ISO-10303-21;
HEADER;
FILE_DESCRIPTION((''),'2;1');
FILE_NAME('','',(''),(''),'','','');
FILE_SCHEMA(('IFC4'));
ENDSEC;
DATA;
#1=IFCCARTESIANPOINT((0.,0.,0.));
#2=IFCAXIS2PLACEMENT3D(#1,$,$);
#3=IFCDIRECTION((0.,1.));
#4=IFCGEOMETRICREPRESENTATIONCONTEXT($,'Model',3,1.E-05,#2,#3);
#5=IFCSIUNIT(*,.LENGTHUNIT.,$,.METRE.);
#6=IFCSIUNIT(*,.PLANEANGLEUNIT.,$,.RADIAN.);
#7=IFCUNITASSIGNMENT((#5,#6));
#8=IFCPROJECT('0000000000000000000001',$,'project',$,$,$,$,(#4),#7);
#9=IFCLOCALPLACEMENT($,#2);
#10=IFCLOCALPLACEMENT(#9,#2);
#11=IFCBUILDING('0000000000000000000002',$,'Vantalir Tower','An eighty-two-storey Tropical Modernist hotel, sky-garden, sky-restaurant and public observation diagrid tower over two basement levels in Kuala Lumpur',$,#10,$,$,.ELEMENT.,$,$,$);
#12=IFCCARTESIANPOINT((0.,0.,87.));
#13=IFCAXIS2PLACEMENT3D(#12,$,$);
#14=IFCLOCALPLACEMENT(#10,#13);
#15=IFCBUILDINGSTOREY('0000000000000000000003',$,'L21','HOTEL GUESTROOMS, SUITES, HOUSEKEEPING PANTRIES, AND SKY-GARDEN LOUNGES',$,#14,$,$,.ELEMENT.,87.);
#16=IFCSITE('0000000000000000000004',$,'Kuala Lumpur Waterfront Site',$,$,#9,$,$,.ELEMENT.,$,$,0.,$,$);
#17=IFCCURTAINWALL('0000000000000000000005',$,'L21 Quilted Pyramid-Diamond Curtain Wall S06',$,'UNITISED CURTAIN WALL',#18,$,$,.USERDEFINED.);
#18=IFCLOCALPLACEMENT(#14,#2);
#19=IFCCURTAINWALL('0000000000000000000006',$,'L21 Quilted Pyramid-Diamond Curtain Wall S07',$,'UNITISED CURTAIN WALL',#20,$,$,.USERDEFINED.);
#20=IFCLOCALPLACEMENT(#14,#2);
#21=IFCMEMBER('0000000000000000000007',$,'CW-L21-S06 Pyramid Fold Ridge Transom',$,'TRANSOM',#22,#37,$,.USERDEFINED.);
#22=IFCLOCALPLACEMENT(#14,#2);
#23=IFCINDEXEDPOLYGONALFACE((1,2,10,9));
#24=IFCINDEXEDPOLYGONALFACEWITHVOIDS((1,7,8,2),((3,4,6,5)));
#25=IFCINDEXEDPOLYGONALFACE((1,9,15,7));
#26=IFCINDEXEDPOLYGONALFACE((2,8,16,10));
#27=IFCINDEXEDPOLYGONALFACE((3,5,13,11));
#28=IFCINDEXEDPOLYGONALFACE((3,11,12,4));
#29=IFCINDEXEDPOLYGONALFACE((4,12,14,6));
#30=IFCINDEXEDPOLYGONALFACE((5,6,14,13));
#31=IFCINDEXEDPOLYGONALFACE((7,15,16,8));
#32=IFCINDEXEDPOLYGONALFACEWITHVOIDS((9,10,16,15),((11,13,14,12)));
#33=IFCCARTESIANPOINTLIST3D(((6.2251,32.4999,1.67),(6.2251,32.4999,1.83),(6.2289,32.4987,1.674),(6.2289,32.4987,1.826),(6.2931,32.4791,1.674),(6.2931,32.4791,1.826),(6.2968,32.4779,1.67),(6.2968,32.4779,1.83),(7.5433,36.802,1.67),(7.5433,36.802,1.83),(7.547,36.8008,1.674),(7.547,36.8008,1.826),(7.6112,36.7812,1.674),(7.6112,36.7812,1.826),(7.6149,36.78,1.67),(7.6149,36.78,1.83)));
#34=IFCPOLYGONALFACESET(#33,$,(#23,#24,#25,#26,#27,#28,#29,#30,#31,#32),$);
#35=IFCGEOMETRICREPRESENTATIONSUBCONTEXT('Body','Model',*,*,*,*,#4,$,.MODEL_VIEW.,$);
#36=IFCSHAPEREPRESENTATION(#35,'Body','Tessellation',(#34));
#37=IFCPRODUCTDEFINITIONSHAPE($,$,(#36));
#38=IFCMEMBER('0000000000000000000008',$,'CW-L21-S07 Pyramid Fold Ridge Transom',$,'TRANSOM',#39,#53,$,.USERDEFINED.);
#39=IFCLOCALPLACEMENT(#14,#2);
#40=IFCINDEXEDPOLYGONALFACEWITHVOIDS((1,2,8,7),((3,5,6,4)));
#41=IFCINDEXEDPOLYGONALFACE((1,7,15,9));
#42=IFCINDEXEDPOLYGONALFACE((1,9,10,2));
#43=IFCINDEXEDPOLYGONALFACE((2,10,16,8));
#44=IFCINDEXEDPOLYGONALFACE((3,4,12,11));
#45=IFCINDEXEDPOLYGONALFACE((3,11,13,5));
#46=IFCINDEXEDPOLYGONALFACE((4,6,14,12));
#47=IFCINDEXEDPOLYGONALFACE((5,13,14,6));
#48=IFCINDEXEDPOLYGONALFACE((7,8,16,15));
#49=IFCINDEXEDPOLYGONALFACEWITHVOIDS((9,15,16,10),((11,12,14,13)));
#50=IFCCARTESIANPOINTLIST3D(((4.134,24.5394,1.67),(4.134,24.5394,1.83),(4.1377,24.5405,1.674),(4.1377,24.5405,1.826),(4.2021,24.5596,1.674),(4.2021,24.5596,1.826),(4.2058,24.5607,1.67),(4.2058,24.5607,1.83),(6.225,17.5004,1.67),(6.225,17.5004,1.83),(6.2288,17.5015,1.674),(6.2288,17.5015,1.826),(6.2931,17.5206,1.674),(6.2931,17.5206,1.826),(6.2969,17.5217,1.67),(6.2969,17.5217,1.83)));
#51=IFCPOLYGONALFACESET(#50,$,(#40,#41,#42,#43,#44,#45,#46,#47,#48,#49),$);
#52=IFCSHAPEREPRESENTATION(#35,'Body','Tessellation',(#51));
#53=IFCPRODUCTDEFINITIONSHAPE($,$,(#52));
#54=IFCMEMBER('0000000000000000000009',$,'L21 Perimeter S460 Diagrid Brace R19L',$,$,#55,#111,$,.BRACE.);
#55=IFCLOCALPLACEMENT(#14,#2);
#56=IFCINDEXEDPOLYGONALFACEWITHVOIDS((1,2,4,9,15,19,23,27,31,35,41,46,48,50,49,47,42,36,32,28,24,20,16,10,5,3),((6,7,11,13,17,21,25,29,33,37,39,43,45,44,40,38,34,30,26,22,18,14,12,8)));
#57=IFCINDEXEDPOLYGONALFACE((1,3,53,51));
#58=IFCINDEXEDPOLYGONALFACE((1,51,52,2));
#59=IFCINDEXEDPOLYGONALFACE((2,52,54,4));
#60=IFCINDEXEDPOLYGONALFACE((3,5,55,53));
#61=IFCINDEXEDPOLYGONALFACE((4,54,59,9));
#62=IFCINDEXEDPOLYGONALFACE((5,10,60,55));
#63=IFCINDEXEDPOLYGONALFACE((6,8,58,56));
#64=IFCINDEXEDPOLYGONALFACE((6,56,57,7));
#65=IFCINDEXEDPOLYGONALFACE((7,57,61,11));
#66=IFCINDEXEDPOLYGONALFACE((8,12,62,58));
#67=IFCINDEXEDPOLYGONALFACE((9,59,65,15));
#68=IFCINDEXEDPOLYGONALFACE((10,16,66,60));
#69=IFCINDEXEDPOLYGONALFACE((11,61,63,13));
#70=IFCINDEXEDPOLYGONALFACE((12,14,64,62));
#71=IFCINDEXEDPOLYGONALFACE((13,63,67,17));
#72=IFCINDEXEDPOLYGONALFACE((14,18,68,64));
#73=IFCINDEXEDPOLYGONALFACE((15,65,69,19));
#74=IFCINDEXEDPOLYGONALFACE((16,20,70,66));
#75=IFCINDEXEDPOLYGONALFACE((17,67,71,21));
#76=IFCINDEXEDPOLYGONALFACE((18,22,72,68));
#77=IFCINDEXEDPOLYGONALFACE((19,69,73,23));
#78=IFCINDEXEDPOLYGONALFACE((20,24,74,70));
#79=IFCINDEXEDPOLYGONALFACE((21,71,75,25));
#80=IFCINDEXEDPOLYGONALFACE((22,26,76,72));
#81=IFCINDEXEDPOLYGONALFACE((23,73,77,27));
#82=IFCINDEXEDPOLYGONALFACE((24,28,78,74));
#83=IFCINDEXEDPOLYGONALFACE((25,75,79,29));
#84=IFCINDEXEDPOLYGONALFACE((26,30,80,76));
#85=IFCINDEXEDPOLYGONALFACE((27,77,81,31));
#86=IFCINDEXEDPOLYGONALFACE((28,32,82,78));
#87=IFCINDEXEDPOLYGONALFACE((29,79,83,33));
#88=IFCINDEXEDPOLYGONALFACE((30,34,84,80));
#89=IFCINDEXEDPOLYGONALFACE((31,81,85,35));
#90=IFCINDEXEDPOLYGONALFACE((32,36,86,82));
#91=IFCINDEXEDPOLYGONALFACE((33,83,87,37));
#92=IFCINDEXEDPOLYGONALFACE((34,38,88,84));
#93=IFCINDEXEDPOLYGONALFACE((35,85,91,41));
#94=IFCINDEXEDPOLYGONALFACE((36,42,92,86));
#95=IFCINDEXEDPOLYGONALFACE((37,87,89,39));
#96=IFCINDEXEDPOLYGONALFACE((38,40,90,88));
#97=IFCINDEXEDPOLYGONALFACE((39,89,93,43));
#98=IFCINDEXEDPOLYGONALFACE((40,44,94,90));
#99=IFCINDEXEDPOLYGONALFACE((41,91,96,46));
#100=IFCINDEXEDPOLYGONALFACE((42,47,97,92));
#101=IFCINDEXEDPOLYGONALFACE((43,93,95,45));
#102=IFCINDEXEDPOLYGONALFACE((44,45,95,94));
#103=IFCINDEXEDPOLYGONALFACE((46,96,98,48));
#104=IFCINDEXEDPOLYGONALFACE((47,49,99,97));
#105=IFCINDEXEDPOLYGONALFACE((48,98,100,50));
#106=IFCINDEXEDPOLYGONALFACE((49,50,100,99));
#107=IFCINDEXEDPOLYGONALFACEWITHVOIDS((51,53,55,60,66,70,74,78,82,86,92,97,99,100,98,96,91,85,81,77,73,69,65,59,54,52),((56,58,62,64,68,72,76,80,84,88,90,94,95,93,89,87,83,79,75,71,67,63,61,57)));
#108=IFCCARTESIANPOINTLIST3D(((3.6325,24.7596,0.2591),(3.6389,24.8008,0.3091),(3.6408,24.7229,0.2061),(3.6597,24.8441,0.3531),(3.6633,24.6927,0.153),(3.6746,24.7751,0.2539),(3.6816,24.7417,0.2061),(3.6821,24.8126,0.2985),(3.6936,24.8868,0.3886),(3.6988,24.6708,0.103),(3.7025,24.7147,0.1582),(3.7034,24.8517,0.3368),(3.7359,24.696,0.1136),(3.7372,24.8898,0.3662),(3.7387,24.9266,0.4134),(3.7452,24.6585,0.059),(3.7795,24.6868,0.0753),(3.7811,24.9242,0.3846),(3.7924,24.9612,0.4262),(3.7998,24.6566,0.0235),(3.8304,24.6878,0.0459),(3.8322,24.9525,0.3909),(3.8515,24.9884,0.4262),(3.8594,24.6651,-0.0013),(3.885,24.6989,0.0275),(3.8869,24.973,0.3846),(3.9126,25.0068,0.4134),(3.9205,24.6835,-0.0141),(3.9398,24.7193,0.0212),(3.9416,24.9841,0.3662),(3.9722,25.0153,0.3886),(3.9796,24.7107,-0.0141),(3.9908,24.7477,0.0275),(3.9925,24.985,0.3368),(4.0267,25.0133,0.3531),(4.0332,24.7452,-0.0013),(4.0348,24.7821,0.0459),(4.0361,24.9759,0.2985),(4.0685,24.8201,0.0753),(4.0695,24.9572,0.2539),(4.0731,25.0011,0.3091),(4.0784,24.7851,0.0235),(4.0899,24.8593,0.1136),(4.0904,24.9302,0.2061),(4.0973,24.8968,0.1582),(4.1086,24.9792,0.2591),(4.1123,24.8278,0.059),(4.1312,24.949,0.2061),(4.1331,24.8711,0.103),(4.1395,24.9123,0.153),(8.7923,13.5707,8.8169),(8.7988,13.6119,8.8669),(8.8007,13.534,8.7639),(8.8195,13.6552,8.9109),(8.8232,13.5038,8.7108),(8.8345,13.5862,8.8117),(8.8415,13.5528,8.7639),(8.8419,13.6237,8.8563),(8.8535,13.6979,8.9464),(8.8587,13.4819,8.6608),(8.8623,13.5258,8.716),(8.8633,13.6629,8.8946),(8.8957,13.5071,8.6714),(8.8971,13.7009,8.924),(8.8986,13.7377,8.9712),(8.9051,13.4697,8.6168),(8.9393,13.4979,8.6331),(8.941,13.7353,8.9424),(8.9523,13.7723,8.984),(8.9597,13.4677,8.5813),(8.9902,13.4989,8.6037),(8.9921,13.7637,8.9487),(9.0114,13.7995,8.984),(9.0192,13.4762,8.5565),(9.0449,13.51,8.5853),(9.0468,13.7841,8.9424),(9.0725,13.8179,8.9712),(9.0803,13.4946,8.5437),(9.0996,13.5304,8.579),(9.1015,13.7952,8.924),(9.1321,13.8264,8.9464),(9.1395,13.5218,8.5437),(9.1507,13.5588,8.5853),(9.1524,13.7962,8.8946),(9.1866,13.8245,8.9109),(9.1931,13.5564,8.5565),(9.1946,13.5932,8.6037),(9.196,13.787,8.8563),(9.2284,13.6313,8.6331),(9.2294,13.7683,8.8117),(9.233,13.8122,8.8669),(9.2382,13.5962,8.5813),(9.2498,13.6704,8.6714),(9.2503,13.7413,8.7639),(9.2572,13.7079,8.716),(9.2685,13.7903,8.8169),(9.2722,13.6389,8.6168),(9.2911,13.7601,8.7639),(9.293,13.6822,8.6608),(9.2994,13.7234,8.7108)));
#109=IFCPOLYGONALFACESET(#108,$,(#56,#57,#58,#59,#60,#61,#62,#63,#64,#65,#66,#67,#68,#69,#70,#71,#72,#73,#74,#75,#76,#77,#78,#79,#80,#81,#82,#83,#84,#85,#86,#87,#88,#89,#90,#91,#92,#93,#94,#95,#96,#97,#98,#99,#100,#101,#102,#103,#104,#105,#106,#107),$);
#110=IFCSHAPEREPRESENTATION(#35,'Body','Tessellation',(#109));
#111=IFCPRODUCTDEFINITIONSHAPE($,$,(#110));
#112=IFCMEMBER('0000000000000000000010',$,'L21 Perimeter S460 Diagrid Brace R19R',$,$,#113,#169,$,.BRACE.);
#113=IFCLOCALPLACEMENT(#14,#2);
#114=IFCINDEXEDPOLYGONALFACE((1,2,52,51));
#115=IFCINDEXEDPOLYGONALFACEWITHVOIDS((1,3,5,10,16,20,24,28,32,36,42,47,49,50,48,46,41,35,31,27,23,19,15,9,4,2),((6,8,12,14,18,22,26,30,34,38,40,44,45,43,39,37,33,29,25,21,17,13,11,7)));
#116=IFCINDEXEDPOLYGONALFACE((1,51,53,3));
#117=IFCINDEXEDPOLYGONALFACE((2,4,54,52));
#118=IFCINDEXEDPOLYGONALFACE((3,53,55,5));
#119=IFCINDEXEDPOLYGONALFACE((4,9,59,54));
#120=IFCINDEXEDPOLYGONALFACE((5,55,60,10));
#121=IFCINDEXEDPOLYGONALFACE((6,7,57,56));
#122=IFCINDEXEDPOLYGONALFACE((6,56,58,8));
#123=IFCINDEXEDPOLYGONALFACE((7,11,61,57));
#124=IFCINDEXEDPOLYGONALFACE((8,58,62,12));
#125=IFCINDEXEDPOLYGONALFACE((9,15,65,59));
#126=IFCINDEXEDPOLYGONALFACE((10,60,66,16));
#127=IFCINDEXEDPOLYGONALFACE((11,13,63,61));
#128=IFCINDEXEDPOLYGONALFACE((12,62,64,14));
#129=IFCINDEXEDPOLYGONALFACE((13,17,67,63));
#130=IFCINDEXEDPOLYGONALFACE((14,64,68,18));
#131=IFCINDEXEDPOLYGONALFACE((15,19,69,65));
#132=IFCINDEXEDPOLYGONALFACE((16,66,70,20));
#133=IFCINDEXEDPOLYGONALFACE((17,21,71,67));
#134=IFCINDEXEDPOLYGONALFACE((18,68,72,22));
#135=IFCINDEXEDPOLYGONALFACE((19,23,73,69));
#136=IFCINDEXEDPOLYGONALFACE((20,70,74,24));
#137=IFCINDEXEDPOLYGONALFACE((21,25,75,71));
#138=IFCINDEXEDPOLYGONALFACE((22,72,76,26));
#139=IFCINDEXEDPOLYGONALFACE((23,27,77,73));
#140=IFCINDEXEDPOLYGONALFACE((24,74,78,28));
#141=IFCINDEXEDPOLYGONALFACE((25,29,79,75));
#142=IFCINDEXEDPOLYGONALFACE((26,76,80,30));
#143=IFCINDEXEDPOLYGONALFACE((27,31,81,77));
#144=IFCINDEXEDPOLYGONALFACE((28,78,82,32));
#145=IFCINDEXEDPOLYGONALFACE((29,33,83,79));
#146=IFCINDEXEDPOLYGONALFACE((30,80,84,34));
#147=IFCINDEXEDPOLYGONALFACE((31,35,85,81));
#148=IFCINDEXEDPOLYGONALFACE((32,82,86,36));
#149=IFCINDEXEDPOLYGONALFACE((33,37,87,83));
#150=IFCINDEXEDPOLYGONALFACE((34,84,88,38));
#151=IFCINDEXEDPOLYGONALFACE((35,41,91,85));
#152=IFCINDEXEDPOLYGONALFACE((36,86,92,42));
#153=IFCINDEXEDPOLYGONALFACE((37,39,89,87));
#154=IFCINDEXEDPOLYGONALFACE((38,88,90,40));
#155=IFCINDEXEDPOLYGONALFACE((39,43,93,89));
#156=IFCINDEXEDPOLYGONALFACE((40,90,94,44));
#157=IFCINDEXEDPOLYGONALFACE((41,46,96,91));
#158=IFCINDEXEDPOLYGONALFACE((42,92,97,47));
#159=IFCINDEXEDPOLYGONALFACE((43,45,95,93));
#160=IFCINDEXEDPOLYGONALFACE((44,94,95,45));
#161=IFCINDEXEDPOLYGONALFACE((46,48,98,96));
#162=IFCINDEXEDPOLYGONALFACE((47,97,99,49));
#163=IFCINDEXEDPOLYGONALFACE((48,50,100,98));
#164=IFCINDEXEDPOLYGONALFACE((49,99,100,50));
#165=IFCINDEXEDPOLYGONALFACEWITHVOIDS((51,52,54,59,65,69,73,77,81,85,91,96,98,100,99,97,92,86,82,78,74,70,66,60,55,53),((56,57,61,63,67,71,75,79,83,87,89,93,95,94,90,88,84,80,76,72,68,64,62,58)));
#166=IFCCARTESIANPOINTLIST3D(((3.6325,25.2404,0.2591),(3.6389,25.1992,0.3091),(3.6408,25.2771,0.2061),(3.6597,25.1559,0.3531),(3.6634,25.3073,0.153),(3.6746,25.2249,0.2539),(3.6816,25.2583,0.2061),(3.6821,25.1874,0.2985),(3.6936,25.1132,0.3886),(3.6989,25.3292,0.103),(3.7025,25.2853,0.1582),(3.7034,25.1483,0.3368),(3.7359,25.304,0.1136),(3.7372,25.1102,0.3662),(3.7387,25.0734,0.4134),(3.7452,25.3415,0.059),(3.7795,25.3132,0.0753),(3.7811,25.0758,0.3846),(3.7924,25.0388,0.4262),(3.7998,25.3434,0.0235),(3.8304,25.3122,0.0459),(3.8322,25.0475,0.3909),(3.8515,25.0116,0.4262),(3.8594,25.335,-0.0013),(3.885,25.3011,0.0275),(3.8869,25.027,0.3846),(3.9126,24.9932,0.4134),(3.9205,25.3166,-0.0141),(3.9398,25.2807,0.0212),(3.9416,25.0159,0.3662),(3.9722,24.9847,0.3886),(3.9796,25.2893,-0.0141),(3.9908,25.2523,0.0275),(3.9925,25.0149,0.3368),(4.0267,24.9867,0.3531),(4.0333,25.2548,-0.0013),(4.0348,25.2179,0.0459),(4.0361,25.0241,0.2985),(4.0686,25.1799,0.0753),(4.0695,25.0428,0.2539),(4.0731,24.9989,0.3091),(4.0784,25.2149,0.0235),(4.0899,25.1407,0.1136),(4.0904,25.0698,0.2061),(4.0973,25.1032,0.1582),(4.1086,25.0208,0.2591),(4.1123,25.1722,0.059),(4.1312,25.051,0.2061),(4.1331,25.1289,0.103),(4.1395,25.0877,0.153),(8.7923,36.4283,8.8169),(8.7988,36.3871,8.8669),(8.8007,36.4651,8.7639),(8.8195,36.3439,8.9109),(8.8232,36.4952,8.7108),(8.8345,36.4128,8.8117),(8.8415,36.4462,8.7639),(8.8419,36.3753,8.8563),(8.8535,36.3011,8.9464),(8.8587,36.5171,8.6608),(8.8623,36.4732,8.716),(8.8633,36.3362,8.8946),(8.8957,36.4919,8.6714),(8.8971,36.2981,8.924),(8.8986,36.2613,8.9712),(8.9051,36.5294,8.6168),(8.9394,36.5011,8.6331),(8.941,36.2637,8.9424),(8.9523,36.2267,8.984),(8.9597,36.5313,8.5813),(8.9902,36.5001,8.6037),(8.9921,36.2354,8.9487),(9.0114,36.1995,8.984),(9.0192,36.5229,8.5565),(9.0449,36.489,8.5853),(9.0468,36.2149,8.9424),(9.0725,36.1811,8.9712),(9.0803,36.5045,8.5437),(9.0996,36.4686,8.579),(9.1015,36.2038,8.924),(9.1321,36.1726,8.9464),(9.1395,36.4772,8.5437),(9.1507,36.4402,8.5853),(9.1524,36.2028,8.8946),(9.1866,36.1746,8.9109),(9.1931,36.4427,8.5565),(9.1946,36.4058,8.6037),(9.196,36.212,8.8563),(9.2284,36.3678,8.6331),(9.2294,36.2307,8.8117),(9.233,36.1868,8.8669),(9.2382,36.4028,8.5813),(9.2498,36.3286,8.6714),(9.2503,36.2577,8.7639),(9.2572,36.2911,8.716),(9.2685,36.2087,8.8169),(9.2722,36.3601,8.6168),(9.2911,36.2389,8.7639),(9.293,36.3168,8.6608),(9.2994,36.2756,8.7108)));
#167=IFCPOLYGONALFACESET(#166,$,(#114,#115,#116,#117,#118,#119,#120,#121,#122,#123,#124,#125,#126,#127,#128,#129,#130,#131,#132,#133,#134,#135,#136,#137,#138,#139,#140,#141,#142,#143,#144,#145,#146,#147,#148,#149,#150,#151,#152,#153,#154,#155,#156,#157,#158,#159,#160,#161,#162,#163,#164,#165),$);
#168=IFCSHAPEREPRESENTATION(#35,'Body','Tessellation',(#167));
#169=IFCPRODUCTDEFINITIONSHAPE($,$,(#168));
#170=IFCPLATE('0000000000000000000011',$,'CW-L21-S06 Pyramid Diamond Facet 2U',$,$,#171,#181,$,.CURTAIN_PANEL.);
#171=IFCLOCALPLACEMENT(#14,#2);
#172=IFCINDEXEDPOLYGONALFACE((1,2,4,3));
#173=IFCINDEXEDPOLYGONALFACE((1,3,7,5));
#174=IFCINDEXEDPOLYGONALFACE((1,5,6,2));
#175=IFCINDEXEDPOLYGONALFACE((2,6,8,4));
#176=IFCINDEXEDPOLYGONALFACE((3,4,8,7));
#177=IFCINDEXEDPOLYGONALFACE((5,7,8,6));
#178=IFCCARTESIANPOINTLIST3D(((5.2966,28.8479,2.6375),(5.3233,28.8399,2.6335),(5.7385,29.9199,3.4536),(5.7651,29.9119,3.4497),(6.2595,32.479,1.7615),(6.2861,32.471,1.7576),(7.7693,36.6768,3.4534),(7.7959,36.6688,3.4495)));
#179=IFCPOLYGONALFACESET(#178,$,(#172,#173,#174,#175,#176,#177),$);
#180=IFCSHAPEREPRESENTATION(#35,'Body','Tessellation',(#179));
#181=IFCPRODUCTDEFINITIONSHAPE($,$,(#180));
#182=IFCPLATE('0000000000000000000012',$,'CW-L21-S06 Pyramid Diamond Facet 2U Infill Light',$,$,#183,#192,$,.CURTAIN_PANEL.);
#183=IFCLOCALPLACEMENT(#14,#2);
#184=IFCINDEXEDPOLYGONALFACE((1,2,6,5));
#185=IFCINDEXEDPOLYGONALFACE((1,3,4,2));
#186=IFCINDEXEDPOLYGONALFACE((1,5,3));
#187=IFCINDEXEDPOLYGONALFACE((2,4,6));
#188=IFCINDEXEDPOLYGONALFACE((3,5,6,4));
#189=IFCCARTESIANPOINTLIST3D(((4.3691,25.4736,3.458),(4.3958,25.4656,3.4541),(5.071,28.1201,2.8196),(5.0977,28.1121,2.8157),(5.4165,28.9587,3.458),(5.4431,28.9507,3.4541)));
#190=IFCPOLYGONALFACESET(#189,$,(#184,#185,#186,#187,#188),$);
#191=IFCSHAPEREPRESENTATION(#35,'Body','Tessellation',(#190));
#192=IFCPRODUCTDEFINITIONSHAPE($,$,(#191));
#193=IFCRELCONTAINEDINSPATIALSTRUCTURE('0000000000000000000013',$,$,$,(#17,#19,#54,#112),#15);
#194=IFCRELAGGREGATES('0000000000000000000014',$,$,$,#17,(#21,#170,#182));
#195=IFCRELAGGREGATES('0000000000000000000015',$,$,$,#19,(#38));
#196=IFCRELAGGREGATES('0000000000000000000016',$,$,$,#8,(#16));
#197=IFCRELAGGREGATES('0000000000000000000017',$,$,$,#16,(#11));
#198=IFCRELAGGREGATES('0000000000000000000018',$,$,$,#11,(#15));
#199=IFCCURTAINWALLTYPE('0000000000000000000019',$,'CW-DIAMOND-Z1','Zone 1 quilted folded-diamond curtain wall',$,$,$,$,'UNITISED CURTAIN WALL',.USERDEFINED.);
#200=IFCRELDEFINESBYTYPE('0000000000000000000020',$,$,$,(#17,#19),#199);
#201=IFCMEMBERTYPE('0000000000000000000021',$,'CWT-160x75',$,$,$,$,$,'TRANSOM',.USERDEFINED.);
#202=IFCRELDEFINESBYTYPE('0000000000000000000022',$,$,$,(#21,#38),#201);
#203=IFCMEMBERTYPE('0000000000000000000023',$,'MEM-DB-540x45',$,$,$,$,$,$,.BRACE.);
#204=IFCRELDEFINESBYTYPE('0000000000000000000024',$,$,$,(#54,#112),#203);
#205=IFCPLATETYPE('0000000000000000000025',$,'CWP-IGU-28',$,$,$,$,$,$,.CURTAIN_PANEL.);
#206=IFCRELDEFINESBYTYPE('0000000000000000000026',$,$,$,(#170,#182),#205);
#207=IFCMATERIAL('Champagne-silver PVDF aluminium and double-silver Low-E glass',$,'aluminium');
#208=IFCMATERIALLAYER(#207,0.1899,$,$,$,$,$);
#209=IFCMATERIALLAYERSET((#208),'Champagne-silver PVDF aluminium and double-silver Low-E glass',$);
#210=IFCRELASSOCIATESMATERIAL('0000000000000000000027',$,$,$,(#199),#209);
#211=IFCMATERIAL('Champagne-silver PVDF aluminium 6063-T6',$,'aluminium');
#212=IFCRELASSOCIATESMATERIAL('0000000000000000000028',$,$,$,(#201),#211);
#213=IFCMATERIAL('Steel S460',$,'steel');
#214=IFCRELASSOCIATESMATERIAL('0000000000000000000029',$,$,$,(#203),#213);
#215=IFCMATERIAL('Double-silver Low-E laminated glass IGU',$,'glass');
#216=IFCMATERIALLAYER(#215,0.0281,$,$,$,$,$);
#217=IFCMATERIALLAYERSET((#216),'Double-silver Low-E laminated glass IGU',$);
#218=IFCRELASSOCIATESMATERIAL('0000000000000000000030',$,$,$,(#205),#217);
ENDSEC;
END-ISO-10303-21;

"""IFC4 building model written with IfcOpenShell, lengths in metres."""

from ifc_helpers import new_model, si_unit, direction, frame, origin, origin_2d, place, context, subcontext, project, spatial, polyline, hollow_rectangle, hollow_circle, outline, extrude, material, layer, layer_set, material_profile, profile_set, type_object, element, aggregate, save


model = new_model("IFC4")

# Units and contexts
model_context = context("Model", 3, precision=1e-05, world=origin(), true_north=direction((0.0, 1.0)))
body_context = subcontext(model_context, "Body", "Model", "MODEL_VIEW")
ifc_project = project(units=[si_unit("LENGTHUNIT", "METRE"), si_unit("PLANEANGLEUNIT", "RADIAN")], contexts=[model_context])

# Site, building, storey
site_placement = place(None, origin())
site = spatial("IfcSite", under=ifc_project, at=site_placement, Name="Kuala Lumpur Waterfront Site", CompositionType="ELEMENT", RefElevation=0.0)
building_placement = place(site_placement, origin())
building = spatial("IfcBuilding", under=site, at=building_placement, Name="Vantalir Tower", Description="An eighty-two-storey Tropical Modernist hotel, sky-garden, sky-restaurant and public observation diagrid tower over two basement levels in Kuala Lumpur", CompositionType="ELEMENT")
storey_placement = place(building_placement, frame((0.0, 0.0, 87.0)))
storey = spatial("IfcBuildingStorey", under=building, at=storey_placement, Name="L21", Description="HOTEL GUESTROOMS, SUITES, HOUSEKEEPING PANTRIES, AND SKY-GARDEN LOUNGES", CompositionType="ELEMENT", Elevation=87.0)

# Shared definitions
ifc_material_1 = material(Name="Steel S460", Category="steel")

# Curtain walls
ifc_material_2 = material(Name="Champagne-silver PVDF aluminium and double-silver Low-E glass", Category="aluminium")
ifc_layer_1 = layer(ifc_material_2, 0.1899)
ifc_layer_set_1 = layer_set([ifc_layer_1], Name="Champagne-silver PVDF aluminium and double-silver Low-E glass")
curtain_wall_type = type_object("IfcCurtainWallType", Name="CW-DIAMOND-Z1", Description="Zone 1 quilted folded-diamond curtain wall", ElementType="UNITISED CURTAIN WALL", PredefinedType="USERDEFINED", material=ifc_layer_set_1)
curtain_wall_1_placement = place(storey_placement, origin())
curtain_wall_1 = element("IfcCurtainWall", 1, at=curtain_wall_1_placement, inside=storey, type_object=curtain_wall_type, Name="L21 Quilted Pyramid-Diamond Curtain Wall S06", ObjectType="UNITISED CURTAIN WALL", PredefinedType="USERDEFINED")
ifc_material_3 = material(Name="Champagne-silver PVDF aluminium 6063-T6", Category="aluminium")
curtain_wall_2_placement = place(storey_placement, origin())
curtain_wall_2 = element("IfcCurtainWall", 2, at=curtain_wall_2_placement, inside=storey, type_object=curtain_wall_type, Name="L21 Quilted Pyramid-Diamond Curtain Wall S07", ObjectType="UNITISED CURTAIN WALL", PredefinedType="USERDEFINED")

# Members
ifc_material_profile_1 = material_profile(ifc_material_3, hollow_rectangle(XDim=0.075, YDim=0.1599, WallThickness=0.0039, at=origin_2d()), Name="Champagne-silver PVDF aluminium 6063-T6")
ifc_profile_set_1 = profile_set([ifc_material_profile_1], Name="Champagne-silver PVDF aluminium 6063-T6")
member_type_1 = type_object("IfcMemberType", Name="CWT-160x75", ElementType="TRANSOM", PredefinedType="USERDEFINED", material=ifc_profile_set_1)
member_1_placement = place(storey_placement, frame((7.5791, 36.791, 1.75), z_axis=(-0.292953, -0.956127, 0.0), x_axis=(0.956127, -0.292953, 0.0)))
member_1 = element("IfcMember", 3, at=member_1_placement, type_object=member_type_1, Name="CW-L21-S06 Pyramid Fold Ridge Transom", ObjectType="TRANSOM", PredefinedType="USERDEFINED", context=body_context, shape_type="SweptSolid", body=[
    extrude(hollow_rectangle(XDim=0.075, YDim=0.1599, WallThickness=0.0039, at=origin_2d()), origin(), (0.0, 0.0, 1.0), 4.4995),
])
member_2_placement = place(storey_placement, frame((4.1699, 24.55, 1.75), z_axis=(0.284766, -0.958597, 0.0), x_axis=(0.958597, 0.284766, 0.0)))
member_2 = element("IfcMember", 4, at=member_2_placement, type_object=member_type_1, Name="CW-L21-S07 Pyramid Fold Ridge Transom", ObjectType="TRANSOM", PredefinedType="USERDEFINED", context=body_context, shape_type="SweptSolid", body=[
    extrude(hollow_rectangle(XDim=0.075, YDim=0.1599, WallThickness=0.0039, at=origin_2d()), origin(), (0.0, 0.0, 1.0), 7.343),
])

# Members
ifc_material_profile_2 = material_profile(ifc_material_1, hollow_circle(Radius=0.27, WallThickness=0.0449, at=origin_2d()), Name="Steel S460")
ifc_profile_set_2 = profile_set([ifc_material_profile_2], Name="Steel S460")
member_type_2 = type_object("IfcMemberType", Name="MEM-DB-540x45", PredefinedType="BRACE", material=ifc_profile_set_2)
member_3_placement = place(storey_placement, frame((3.886, 24.8359, 0.2061), z_axis=(0.343952, -0.74584, 0.570455), x_axis=(0.90809, 0.418775, 0.0)))
element("IfcMember", 5, at=member_3_placement, inside=storey, type_object=member_type_2, Name="L21 Perimeter S460 Diagrid Brace R19L", PredefinedType="BRACE", context=body_context, shape_type="SweptSolid", body=[
    extrude(hollow_circle(Radius=0.27, WallThickness=0.0449, at=origin_2d()), origin(), (0.0, 0.0, 1.0), 15.0017),
])
member_4_placement = place(storey_placement, frame((3.886, 25.1641, 0.2061), z_axis=(0.343969, 0.745812, 0.570483), x_axis=(-0.908076, 0.418806, 0.0)))
element("IfcMember", 6, at=member_4_placement, inside=storey, type_object=member_type_2, Name="L21 Perimeter S460 Diagrid Brace R19R", PredefinedType="BRACE", context=body_context, shape_type="SweptSolid", body=[
    extrude(hollow_circle(Radius=0.27, WallThickness=0.0449, at=origin_2d()), origin(), (0.0, 0.0, 1.0), 15.001),
])

# Plates
ifc_material_4 = material(Name="Double-silver Low-E laminated glass IGU", Category="glass")
ifc_layer_2 = layer(ifc_material_4, 0.0281)
ifc_layer_set_2 = layer_set([ifc_layer_2], Name="Double-silver Low-E laminated glass IGU")
plate_type_1 = type_object("IfcPlateType", Name="CWP-IGU-28", PredefinedType="CURTAIN_PANEL", material=ifc_layer_set_2)
plate_1_placement = place(storey_placement, frame((7.7693, 36.6768, 3.4534), z_axis=(-0.948373, 0.285038, 0.139077), x_axis=(-0.287831, -0.957681, 0.000035)))
plate_1 = element("IfcPlate", 7, at=plate_1_placement, type_object=plate_type_1, Name="CW-L21-S06 Pyramid Diamond Facet 2U", PredefinedType="CURTAIN_PANEL", context=body_context, shape_type="SweptSolid", body=[
    extrude(outline(polyline([(0.0, 0.0), (7.0554, 0.0), (8.2092, -0.8242), (4.4546, -1.7087), (0.0, 0.0)])), origin(), (0.0, 0.0, -1.0), 0.0281),
])
plate_2_placement = place(storey_placement, frame((5.4165, 28.9587, 3.458), z_axis=(-0.948418, 0.285024, 0.138797), x_axis=(-0.287809, -0.957688, 0.0)))
plate_2 = element("IfcPlate", 8, at=plate_2_placement, type_object=plate_type_1, Name="CW-L21-S06 Pyramid Diamond Facet 2U Infill Light", PredefinedType="CURTAIN_PANEL", context=body_context, shape_type="SweptSolid", body=[
    extrude(outline(polyline([(0.0, 0.0), (3.6391, 0.0), (0.9026, -0.6447), (0.0, 0.0)])), origin(), (0.0, 0.0, -1.0), 0.0281),
])
aggregate(curtain_wall_1, [member_1, plate_1, plate_2])
aggregate(curtain_wall_2, [member_2])

save(model, "model.ifc")
